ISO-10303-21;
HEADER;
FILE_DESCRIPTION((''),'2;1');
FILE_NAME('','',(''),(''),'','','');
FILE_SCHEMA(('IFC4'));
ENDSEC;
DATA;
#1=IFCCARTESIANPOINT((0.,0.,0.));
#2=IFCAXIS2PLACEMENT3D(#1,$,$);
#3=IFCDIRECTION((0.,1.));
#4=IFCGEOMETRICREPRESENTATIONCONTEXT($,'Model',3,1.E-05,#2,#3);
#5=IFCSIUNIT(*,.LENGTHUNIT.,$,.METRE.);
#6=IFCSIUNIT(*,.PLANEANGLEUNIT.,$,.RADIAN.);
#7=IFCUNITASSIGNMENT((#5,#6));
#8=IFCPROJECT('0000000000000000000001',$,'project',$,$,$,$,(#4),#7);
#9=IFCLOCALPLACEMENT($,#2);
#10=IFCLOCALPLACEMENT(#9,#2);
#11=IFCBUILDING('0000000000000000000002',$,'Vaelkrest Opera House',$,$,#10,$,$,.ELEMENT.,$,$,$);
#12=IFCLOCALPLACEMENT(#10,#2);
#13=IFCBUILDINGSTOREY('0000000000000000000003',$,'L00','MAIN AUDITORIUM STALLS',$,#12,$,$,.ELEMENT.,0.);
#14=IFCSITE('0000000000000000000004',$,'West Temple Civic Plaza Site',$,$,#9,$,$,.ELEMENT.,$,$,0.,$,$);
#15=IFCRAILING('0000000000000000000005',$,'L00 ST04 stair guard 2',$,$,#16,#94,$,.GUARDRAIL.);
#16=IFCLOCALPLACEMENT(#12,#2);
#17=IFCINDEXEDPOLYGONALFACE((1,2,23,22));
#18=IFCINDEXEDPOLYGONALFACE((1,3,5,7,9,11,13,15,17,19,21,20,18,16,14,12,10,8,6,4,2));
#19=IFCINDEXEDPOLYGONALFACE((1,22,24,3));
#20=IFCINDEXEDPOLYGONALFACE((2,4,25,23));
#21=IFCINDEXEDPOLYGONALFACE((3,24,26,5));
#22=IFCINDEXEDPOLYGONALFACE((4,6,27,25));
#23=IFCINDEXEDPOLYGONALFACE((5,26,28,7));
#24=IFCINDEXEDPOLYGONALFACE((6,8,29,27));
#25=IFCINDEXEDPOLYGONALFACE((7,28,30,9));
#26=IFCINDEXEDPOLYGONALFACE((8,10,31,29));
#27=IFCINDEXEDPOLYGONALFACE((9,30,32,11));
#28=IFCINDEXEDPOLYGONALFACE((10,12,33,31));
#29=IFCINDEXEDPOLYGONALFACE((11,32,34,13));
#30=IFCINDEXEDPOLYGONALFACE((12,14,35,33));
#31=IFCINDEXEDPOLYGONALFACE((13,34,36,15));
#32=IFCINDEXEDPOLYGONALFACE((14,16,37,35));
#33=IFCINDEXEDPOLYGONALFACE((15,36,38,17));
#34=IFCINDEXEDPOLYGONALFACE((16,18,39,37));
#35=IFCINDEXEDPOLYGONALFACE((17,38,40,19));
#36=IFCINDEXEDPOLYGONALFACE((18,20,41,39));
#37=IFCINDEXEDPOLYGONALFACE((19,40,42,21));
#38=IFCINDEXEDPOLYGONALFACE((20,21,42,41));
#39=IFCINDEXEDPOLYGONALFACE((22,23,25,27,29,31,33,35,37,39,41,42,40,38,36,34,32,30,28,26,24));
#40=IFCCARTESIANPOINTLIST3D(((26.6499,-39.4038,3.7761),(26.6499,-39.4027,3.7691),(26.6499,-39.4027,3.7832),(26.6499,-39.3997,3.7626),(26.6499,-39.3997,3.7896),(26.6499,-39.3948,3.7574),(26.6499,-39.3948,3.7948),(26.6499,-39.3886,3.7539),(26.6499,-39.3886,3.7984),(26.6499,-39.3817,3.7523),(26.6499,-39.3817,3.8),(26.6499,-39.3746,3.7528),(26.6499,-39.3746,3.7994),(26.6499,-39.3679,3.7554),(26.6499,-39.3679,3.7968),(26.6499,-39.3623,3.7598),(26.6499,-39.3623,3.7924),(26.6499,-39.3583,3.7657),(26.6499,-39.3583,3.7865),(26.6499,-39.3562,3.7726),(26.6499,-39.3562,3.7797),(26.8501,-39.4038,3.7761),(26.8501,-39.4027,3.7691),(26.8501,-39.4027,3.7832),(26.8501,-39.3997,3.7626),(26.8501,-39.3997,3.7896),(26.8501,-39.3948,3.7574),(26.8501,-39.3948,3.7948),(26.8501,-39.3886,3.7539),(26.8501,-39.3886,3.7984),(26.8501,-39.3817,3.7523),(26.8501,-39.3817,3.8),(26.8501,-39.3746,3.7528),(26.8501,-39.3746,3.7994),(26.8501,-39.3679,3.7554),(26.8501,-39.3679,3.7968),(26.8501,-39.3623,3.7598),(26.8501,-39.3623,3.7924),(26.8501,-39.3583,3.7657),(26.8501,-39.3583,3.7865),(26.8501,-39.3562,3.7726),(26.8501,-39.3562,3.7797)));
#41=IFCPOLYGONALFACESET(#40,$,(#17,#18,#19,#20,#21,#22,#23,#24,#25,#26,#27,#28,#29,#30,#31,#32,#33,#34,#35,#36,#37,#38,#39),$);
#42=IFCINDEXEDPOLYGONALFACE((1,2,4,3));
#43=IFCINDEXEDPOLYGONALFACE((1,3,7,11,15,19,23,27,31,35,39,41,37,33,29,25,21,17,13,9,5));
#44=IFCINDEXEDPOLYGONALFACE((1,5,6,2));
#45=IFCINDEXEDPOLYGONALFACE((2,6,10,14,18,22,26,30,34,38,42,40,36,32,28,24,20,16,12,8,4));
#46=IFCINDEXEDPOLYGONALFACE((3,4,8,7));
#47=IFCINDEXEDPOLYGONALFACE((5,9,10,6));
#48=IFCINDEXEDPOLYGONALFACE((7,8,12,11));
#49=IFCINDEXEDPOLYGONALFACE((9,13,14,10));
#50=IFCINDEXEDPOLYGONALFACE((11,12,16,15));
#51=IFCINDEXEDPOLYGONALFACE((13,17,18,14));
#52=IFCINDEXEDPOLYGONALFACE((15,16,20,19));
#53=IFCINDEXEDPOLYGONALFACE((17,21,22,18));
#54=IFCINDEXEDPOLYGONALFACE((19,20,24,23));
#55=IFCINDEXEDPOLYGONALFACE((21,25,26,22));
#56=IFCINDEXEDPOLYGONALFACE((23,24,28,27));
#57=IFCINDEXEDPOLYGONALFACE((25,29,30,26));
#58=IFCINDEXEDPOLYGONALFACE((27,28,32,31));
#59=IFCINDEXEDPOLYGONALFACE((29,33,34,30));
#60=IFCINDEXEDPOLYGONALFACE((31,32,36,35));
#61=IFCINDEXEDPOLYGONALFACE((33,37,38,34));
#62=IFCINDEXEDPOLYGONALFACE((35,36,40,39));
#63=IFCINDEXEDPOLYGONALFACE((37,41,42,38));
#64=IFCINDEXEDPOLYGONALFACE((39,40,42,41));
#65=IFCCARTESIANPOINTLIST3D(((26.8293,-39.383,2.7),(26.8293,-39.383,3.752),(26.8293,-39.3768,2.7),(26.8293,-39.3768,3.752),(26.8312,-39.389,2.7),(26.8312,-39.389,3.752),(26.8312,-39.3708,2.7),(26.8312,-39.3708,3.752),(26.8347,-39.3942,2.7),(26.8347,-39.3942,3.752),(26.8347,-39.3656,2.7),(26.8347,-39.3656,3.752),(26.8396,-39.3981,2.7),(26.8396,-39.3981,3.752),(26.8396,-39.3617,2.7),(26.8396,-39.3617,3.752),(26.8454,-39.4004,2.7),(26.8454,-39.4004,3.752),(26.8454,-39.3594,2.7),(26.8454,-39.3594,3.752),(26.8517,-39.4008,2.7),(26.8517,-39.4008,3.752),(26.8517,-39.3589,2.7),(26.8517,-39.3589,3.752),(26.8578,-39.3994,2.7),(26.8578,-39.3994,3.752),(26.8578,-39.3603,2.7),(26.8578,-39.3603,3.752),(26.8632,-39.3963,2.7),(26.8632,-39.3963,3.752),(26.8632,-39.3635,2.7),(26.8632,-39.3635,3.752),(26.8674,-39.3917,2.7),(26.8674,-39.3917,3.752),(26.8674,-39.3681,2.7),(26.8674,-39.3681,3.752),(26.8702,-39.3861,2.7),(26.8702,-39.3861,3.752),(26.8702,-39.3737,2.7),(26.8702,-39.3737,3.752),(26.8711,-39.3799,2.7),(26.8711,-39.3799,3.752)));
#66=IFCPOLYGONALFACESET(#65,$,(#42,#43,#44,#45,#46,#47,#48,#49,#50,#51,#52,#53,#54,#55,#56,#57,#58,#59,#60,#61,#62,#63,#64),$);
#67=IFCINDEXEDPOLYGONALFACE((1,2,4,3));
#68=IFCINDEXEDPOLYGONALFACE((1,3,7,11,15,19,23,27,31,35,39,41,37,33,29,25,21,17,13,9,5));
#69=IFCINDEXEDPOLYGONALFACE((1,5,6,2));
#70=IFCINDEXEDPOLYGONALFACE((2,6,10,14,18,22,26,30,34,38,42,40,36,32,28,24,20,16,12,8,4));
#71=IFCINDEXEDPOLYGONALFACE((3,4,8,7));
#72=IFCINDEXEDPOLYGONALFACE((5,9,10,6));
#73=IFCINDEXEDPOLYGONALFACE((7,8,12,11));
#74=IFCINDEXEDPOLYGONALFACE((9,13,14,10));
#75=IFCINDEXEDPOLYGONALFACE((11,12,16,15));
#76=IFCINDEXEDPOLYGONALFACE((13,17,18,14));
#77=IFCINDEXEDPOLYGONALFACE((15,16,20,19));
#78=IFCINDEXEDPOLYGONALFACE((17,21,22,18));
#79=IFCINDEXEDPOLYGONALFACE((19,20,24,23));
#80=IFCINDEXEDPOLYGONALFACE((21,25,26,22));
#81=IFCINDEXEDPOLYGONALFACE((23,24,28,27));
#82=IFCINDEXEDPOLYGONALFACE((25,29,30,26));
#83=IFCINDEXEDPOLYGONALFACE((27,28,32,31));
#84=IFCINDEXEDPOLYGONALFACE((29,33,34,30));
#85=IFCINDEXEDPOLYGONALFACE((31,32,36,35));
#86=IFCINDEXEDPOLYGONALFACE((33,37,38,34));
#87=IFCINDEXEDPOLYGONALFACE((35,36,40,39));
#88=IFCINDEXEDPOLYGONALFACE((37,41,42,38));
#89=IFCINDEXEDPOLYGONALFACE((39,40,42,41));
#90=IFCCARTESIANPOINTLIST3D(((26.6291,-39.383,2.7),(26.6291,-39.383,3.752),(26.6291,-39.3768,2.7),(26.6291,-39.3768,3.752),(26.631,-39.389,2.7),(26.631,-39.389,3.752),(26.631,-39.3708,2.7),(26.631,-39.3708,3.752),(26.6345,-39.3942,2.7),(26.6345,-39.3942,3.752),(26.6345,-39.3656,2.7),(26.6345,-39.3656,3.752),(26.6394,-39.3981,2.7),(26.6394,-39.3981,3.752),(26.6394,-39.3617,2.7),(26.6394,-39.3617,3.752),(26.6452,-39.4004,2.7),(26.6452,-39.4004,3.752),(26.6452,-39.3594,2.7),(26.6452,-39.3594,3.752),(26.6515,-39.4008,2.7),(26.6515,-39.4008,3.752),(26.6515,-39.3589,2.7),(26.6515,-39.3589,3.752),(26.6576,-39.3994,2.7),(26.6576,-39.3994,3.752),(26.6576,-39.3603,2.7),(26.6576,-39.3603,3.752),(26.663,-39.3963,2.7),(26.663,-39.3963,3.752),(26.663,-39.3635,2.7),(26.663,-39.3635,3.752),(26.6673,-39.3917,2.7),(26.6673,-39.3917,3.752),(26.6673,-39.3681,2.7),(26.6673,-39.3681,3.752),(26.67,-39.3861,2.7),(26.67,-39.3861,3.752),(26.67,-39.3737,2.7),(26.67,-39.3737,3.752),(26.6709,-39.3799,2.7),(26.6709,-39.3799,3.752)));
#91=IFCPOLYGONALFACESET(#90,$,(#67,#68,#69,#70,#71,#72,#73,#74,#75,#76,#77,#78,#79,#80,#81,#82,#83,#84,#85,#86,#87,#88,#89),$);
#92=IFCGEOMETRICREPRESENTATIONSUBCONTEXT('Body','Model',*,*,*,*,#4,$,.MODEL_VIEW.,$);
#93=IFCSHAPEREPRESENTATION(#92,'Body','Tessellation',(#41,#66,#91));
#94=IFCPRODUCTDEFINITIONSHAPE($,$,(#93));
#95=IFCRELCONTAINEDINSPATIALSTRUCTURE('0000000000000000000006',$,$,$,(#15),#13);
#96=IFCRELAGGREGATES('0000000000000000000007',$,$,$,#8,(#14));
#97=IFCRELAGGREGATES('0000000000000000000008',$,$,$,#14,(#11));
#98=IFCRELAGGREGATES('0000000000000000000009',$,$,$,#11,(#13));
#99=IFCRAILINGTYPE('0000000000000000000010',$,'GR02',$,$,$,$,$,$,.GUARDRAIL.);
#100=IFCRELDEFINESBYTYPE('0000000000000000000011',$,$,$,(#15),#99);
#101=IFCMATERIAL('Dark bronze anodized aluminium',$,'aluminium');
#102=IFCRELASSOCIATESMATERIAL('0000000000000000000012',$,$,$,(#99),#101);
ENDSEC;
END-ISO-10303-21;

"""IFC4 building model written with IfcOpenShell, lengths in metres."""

from ifc_helpers import new_model, si_unit, direction, frame, origin, origin_2d, place, context, subcontext, project, spatial, circle, extrude, material, type_object, element, save


model = new_model("IFC4")

# Units and contexts
model_context = context("Model", 3, precision=1e-05, world=origin(), true_north=direction((0.0, 1.0)))
body_context = subcontext(model_context, "Body", "Model", "MODEL_VIEW")
ifc_project = project(units=[si_unit("LENGTHUNIT", "METRE"), si_unit("PLANEANGLEUNIT", "RADIAN")], contexts=[model_context])

# Site, building, storey
site_placement = place(None, origin())
site = spatial("IfcSite", under=ifc_project, at=site_placement, Name="West Temple Civic Plaza Site", CompositionType="ELEMENT", RefElevation=0.0)
building_placement = place(site_placement, origin())
building = spatial("IfcBuilding", under=site, at=building_placement, Name="Vaelkrest Opera House", CompositionType="ELEMENT")
storey_placement = place(building_placement, origin())
storey = spatial("IfcBuildingStorey", under=building, at=storey_placement, Name="L00", Description="MAIN AUDITORIUM STALLS", CompositionType="ELEMENT", Elevation=0.0)

# Shared definitions
ifc_material_1 = material(Name="Dark bronze anodized aluminium", Category="aluminium")

# Railing
railing_type_1 = type_object("IfcRailingType", Name="GR02", PredefinedType="GUARDRAIL", material=ifc_material_1)
railing_1_placement = place(storey_placement, frame((26.8501, -39.3799, 2.7)))
element("IfcRailing", 1, at=railing_1_placement, inside=storey, type_object=railing_type_1, Name="L00 ST04 stair guard 2", PredefinedType="GUARDRAIL", context=body_context, shape_type="SweptSolid", body=[
    extrude(circle(Radius=0.0239, at=origin_2d()), frame((0.0, 0.0, 1.0762), z_axis=(-1.0, 0.0, 0.0), x_axis=(0.0, -1.0, 0.0)), (0.0, 0.0, 1.0), 0.2002),
    extrude(circle(Radius=0.021, at=origin_2d()), origin(), (0.0, 0.0, 1.0), 1.052),
    extrude(circle(Radius=0.021, at=origin_2d()), frame((-0.2002, 0.0, 0.0)), (0.0, 0.0, 1.0), 1.052),
])

save(model, "model.ifc")
